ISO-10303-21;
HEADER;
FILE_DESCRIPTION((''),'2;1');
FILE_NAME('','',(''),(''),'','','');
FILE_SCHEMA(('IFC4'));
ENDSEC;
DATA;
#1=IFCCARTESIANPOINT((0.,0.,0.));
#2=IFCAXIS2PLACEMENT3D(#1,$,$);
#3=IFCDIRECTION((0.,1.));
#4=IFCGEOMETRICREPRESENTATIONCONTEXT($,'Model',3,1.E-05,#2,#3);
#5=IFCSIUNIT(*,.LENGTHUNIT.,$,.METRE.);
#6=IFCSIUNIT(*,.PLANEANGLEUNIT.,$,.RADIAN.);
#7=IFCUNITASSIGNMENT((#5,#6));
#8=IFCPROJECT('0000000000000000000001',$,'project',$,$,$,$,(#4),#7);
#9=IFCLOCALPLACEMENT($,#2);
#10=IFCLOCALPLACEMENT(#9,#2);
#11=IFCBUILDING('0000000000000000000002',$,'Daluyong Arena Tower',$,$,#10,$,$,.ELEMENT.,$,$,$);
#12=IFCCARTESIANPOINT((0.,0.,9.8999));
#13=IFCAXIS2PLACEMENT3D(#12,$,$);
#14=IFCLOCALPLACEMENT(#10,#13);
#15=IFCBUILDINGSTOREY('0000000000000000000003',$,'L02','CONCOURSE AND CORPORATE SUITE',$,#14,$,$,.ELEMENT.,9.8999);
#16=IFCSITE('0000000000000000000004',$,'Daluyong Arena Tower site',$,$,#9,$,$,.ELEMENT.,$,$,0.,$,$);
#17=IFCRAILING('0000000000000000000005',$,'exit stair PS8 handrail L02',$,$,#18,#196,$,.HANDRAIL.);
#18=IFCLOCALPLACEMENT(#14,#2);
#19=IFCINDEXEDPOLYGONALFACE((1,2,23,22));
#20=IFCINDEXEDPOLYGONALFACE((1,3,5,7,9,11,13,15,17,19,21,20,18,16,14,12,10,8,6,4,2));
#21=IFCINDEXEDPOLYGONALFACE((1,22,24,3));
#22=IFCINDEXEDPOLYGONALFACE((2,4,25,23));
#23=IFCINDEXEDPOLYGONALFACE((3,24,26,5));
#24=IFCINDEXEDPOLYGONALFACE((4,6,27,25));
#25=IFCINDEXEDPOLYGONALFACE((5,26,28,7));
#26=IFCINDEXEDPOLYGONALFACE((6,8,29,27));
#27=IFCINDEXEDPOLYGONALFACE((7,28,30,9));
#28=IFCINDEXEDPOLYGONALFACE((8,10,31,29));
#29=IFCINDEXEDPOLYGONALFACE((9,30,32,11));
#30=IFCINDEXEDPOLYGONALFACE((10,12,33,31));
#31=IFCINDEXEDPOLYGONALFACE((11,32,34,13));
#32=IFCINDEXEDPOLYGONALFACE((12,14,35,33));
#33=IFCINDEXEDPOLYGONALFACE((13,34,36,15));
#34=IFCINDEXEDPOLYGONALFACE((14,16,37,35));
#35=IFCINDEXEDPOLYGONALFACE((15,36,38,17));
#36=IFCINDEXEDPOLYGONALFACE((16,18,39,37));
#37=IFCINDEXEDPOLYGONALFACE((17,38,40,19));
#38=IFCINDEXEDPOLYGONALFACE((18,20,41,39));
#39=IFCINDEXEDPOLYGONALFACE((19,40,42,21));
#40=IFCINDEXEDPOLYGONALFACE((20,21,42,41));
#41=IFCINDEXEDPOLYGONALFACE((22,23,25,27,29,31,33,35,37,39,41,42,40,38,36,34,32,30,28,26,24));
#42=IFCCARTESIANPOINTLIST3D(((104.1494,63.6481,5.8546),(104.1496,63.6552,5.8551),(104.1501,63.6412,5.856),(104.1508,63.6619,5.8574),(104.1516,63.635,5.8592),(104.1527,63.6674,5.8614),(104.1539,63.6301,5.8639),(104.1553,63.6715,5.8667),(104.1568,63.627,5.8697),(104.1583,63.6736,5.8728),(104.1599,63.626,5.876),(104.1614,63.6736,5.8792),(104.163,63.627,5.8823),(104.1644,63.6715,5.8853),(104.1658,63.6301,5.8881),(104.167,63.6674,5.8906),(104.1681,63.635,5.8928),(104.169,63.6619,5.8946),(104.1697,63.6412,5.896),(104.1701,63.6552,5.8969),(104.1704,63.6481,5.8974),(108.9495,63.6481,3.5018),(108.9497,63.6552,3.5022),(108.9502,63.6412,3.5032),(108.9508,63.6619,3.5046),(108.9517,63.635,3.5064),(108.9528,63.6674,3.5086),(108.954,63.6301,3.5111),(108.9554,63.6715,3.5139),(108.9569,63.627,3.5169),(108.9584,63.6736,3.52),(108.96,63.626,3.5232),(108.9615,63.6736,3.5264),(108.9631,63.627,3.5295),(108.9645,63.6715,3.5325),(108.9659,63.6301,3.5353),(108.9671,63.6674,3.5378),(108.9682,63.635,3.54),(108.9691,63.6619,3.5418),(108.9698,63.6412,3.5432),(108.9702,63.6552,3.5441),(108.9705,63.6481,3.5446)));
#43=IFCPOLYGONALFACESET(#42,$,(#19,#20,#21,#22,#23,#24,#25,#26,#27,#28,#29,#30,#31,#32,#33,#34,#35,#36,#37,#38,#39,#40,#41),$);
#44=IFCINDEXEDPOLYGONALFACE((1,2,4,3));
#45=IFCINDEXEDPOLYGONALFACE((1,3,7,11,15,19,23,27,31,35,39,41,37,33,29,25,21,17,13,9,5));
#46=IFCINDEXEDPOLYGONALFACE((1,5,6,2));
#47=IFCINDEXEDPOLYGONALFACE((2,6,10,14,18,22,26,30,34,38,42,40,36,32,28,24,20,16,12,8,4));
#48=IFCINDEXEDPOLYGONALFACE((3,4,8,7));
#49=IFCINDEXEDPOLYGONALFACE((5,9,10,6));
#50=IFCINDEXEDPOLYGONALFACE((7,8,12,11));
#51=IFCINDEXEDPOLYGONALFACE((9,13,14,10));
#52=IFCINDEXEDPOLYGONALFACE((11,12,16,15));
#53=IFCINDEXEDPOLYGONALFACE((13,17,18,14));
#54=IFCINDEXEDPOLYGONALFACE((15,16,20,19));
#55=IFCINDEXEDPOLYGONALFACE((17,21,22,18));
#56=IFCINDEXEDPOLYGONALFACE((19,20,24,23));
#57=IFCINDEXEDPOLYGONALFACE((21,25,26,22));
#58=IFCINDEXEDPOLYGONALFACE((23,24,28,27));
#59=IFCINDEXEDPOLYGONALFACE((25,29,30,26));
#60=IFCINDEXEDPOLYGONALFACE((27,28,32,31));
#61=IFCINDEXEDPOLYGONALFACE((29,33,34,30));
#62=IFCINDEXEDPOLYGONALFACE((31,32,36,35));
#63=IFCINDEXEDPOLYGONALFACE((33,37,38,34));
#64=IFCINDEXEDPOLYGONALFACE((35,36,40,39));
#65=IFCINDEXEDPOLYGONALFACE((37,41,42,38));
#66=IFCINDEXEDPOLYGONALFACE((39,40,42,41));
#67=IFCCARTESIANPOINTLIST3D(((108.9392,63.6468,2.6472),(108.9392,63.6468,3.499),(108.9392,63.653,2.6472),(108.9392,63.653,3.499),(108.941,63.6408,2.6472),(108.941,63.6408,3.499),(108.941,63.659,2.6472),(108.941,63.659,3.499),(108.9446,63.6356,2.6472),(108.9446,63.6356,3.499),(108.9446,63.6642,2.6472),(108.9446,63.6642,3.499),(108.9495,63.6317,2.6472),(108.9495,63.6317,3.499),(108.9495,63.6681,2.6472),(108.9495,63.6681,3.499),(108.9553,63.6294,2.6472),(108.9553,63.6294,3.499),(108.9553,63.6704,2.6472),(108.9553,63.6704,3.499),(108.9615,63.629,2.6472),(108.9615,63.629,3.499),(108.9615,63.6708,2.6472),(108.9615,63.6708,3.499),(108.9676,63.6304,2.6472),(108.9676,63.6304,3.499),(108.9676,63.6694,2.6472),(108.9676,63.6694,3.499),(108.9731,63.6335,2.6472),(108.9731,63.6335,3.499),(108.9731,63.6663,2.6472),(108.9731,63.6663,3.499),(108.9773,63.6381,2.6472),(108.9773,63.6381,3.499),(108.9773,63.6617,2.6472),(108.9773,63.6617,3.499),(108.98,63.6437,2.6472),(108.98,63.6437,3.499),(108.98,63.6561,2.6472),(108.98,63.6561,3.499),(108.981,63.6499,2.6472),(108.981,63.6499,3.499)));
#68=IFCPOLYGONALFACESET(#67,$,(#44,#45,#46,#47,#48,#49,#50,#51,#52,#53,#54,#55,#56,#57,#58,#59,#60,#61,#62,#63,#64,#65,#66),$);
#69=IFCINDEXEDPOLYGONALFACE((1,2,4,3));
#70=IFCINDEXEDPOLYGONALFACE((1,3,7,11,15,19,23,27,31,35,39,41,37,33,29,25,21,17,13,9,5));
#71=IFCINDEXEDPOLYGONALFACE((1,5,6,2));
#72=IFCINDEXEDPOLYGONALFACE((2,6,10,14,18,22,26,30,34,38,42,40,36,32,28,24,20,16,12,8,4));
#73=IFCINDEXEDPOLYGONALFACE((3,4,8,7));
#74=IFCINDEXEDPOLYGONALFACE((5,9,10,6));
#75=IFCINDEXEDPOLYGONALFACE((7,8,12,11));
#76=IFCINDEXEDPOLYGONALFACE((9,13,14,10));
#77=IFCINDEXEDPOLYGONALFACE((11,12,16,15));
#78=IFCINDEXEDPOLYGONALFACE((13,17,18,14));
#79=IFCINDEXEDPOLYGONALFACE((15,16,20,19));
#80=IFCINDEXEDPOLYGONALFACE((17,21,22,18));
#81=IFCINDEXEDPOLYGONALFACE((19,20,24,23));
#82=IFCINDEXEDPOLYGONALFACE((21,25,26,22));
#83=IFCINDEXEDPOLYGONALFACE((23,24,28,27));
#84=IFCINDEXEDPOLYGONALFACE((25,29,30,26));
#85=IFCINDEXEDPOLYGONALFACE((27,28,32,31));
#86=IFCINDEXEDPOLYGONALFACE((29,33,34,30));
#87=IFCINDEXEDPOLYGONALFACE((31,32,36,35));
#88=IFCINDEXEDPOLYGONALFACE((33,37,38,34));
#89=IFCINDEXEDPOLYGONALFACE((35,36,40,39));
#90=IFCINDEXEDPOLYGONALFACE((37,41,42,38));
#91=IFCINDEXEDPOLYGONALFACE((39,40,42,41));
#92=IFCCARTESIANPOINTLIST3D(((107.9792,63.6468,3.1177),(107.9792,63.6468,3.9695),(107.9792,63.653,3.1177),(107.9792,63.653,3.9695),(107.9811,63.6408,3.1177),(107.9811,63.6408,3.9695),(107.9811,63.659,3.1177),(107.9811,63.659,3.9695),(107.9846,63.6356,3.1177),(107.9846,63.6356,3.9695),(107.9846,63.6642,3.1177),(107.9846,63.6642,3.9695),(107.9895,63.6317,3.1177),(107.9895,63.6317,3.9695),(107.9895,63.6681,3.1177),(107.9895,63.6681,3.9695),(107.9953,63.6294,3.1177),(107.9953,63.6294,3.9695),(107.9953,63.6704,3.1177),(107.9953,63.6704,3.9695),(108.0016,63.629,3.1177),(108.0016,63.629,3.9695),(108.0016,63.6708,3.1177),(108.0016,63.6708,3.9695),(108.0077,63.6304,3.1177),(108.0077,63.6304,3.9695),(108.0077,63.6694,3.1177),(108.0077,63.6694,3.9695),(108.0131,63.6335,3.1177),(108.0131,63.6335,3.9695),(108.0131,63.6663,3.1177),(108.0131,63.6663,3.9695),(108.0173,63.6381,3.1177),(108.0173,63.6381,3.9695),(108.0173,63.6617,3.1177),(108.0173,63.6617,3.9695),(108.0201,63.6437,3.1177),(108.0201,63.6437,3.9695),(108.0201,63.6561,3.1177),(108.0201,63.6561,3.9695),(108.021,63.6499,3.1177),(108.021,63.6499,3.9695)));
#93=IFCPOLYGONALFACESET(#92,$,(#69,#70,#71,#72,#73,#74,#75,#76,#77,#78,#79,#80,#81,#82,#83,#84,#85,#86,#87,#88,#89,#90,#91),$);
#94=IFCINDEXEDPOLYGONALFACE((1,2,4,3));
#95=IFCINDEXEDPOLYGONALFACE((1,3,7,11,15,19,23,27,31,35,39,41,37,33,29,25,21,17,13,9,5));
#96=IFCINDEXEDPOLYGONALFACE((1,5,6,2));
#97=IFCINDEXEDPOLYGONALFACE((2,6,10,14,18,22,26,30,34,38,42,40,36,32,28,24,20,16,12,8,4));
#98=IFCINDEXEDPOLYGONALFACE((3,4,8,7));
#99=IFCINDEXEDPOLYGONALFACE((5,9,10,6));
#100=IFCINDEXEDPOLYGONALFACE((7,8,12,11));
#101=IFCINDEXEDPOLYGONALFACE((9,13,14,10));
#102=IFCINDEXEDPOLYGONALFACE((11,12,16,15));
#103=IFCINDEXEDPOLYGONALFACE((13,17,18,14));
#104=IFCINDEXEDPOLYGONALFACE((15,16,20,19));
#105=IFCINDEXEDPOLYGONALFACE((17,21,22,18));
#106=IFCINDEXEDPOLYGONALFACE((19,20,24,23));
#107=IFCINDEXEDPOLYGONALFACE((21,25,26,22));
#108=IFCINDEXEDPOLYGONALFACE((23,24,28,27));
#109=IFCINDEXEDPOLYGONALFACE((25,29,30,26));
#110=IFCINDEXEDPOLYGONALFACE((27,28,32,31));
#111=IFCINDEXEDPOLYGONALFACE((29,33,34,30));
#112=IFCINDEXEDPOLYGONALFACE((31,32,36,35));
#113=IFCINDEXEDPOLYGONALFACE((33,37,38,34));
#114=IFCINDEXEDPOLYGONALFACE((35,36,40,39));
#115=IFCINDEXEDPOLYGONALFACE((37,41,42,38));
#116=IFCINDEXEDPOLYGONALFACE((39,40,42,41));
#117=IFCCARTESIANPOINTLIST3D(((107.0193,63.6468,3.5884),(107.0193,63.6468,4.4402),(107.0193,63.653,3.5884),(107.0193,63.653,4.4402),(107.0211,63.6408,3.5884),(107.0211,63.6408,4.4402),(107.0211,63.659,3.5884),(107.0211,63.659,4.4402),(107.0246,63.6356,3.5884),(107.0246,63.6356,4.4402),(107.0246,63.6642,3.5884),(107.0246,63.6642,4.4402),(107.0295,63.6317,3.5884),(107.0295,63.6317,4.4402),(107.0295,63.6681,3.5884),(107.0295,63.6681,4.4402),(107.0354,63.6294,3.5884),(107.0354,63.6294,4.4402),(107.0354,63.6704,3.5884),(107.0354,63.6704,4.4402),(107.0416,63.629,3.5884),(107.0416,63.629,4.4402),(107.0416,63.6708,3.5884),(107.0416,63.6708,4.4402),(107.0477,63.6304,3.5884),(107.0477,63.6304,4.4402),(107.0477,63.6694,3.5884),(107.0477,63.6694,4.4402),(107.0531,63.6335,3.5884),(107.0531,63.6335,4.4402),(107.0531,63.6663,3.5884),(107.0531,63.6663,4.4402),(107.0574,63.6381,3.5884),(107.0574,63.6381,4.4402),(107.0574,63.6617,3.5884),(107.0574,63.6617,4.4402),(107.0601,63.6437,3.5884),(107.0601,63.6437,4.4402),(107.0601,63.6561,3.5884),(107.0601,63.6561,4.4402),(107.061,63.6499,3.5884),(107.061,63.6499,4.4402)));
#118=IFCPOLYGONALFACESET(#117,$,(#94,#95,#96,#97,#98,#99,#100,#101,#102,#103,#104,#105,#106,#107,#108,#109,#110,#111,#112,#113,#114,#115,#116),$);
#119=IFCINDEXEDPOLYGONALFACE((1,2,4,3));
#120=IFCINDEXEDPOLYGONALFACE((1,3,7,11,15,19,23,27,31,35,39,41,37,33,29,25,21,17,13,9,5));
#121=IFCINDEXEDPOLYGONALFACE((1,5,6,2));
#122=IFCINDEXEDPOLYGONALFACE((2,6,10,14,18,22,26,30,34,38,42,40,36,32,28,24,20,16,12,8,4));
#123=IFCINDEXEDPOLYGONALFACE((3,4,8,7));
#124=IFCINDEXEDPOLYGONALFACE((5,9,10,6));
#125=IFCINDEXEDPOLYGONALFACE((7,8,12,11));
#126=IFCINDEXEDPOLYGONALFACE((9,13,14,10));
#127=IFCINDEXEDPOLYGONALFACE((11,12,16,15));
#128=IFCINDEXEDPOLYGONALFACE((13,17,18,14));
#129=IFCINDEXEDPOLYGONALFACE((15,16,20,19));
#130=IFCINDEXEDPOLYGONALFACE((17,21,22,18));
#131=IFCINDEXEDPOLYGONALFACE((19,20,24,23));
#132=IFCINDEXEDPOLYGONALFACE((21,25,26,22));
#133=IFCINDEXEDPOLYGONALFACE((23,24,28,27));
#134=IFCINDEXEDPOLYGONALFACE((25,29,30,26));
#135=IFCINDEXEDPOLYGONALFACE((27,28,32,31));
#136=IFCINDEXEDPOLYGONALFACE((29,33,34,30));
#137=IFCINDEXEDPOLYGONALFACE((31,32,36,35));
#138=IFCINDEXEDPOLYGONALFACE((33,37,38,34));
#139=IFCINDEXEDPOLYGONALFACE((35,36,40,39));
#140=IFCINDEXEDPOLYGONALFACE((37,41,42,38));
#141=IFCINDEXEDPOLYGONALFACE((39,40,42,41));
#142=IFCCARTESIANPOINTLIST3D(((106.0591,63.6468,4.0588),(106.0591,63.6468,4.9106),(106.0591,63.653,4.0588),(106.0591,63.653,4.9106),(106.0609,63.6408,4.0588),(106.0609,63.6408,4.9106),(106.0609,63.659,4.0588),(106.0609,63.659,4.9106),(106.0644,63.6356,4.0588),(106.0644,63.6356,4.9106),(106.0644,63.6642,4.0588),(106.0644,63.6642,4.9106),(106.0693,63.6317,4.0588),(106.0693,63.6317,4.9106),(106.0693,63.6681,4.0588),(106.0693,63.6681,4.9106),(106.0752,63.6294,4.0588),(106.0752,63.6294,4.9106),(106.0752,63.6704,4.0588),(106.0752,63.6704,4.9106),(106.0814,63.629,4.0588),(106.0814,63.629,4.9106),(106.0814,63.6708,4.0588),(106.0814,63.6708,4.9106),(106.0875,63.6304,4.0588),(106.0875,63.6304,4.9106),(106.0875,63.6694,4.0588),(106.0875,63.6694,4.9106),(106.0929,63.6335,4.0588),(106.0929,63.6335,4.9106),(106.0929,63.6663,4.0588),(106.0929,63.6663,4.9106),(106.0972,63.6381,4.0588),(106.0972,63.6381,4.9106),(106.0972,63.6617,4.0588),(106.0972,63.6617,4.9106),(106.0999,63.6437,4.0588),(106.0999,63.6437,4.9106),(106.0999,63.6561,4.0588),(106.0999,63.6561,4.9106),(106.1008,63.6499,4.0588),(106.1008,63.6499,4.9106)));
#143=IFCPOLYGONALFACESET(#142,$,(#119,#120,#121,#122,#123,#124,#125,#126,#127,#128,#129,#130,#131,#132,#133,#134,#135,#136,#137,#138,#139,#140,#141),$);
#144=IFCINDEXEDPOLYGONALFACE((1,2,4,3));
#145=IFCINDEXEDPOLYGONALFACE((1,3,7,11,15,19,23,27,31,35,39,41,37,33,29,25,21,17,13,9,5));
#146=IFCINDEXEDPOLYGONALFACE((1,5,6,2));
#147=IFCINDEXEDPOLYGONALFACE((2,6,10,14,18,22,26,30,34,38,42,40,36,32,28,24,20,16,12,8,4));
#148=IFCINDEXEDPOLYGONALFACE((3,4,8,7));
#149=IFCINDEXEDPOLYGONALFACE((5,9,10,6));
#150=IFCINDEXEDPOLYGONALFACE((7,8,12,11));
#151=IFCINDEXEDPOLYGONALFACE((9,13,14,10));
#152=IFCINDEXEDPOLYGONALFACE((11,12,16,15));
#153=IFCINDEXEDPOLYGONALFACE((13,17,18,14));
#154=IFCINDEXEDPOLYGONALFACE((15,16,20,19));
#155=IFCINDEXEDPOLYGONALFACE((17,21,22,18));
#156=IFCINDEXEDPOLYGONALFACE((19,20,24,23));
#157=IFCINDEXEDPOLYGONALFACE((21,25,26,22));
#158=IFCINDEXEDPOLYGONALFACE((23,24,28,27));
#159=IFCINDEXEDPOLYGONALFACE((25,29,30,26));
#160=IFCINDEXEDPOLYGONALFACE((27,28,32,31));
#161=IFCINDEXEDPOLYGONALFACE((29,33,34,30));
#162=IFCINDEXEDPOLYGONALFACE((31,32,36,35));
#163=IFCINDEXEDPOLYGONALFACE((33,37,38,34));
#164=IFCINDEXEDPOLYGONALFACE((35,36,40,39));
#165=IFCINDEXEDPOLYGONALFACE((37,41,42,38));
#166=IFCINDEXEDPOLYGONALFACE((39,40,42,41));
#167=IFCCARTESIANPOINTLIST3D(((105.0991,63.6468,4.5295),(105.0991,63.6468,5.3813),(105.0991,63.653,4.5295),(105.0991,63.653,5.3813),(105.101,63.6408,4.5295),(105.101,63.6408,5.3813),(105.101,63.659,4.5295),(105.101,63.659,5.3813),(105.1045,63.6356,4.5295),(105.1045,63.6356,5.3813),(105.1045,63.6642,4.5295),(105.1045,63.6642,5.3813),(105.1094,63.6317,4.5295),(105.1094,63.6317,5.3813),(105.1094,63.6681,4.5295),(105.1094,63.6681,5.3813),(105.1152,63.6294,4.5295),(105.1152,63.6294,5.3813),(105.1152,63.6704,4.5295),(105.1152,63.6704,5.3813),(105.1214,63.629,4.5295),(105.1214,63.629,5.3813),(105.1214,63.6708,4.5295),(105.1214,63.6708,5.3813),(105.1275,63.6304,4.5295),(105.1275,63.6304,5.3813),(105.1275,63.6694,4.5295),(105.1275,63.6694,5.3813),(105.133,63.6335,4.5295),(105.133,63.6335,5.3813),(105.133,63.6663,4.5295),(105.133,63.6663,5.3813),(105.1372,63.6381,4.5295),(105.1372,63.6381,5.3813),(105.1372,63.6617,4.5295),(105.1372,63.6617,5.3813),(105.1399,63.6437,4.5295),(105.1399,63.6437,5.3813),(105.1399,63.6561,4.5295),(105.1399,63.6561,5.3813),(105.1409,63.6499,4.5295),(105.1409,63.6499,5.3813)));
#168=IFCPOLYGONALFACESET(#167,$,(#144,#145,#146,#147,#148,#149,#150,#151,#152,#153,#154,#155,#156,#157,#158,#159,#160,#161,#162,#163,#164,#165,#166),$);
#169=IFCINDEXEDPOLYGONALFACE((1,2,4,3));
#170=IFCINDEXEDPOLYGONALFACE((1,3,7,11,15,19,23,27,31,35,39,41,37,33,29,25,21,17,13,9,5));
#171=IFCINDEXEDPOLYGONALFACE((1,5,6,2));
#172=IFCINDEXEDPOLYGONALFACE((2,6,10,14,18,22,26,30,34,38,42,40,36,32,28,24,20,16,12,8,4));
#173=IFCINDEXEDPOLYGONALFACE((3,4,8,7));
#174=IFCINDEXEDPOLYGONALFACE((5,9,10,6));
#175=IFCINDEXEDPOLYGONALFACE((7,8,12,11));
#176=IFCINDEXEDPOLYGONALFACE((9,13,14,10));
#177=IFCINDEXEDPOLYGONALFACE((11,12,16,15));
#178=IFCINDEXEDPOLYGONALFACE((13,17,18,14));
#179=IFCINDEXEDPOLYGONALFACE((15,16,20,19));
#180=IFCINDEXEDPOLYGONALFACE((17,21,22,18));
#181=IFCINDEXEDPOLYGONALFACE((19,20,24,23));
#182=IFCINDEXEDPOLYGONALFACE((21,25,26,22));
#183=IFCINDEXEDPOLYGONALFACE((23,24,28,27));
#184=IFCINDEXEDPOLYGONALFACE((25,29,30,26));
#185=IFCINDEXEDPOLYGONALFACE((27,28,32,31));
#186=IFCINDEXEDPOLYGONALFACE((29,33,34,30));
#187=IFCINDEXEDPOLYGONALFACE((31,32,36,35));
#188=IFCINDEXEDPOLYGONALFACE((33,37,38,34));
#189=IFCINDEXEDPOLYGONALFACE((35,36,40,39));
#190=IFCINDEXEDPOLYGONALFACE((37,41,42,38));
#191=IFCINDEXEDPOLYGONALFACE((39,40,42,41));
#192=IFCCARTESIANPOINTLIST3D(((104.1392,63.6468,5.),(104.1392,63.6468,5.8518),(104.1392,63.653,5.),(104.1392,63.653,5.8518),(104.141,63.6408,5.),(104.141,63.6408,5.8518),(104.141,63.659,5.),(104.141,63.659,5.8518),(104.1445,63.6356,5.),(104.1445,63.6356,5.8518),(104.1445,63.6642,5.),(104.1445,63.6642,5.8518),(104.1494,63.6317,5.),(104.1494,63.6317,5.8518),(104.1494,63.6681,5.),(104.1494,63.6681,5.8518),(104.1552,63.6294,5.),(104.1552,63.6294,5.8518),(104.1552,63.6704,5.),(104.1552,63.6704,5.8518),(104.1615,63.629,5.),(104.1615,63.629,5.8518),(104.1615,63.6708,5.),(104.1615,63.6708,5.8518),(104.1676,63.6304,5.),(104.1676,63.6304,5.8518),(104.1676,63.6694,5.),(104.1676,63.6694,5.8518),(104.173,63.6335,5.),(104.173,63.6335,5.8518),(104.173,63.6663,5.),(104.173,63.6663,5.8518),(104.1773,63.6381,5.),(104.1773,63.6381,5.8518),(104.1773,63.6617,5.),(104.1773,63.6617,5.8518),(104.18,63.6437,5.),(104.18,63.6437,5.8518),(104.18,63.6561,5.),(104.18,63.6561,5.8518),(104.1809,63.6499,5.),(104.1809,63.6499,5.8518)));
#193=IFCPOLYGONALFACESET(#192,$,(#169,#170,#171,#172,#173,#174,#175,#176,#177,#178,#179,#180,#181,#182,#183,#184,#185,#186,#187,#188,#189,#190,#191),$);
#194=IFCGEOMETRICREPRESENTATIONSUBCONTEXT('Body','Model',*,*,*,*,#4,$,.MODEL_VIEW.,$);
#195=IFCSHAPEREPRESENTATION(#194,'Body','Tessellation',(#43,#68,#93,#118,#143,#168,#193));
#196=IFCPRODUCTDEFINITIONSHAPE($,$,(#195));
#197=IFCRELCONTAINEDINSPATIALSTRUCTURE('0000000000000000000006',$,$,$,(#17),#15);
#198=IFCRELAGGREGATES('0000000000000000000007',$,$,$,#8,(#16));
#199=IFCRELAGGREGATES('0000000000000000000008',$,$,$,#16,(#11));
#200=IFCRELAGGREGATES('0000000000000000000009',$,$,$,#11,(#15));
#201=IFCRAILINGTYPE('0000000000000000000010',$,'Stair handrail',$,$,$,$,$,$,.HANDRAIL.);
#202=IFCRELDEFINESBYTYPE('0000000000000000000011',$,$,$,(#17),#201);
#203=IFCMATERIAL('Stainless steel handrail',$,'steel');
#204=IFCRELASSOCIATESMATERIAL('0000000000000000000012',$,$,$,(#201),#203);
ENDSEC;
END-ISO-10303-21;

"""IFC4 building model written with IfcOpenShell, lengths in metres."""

from ifc_helpers import new_model, si_unit, direction, frame, origin, origin_2d, place, context, subcontext, project, spatial, circle, extrude, material, type_object, element, save


model = new_model("IFC4")

# Units and contexts
model_context = context("Model", 3, precision=1e-05, world=origin(), true_north=direction((0.0, 1.0)))
body_context = subcontext(model_context, "Body", "Model", "MODEL_VIEW")
ifc_project = project(units=[si_unit("LENGTHUNIT", "METRE"), si_unit("PLANEANGLEUNIT", "RADIAN")], contexts=[model_context])

# Site, building, storey
site_placement = place(None, origin())
site = spatial("IfcSite", under=ifc_project, at=site_placement, Name="Daluyong Arena Tower site", CompositionType="ELEMENT", RefElevation=0.0)
building_placement = place(site_placement, origin())
building = spatial("IfcBuilding", under=site, at=building_placement, Name="Daluyong Arena Tower", CompositionType="ELEMENT")
storey_placement = place(building_placement, frame((0.0, 0.0, 9.8999)))
storey = spatial("IfcBuildingStorey", under=building, at=storey_placement, Name="L02", Description="CONCOURSE AND CORPORATE SUITE", CompositionType="ELEMENT", Elevation=9.8999)

# Railing
ifc_material_1 = material(Name="Stainless steel handrail", Category="steel")
railing_type_1 = type_object("IfcRailingType", Name="Stair handrail", PredefinedType="HANDRAIL", material=ifc_material_1)
railing_1_placement = place(storey_placement, frame((108.96, 63.6499, 2.6472)))
element("IfcRailing", 1, at=railing_1_placement, inside=storey, type_object=railing_type_1, Name="exit stair PS8 handrail L02", PredefinedType="HANDRAIL", context=body_context, shape_type="SweptSolid", body=[
    extrude(circle(Radius=0.0239, at=origin_2d()), frame((0.0, 0.0, 0.876), z_axis=(-0.897934, 0.0, 0.44013), x_axis=(0.0, -1.0, 0.0)), (0.0, 0.0, 1.0), 5.3457),
    extrude(circle(Radius=0.021, at=origin_2d()), origin(), (0.0, 0.0, 1.0), 0.8518),
    extrude(circle(Radius=0.021, at=origin_2d()), frame((-0.96, 0.0, 0.4705)), (0.0, 0.0, 1.0), 0.8518),
    extrude(circle(Radius=0.021, at=origin_2d()), frame((-1.9199, 0.0, 0.9412)), (0.0, 0.0, 1.0), 0.8518),
    extrude(circle(Radius=0.021, at=origin_2d()), frame((-2.8801, 0.0, 1.4116)), (0.0, 0.0, 1.0), 0.8518),
    extrude(circle(Radius=0.021, at=origin_2d()), frame((-3.8401, 0.0, 1.8823)), (0.0, 0.0, 1.0), 0.8518),
    extrude(circle(Radius=0.021, at=origin_2d()), frame((-4.8, 0.0, 2.3528)), (0.0, 0.0, 1.0), 0.8518),
])

save(model, "model.ifc")
